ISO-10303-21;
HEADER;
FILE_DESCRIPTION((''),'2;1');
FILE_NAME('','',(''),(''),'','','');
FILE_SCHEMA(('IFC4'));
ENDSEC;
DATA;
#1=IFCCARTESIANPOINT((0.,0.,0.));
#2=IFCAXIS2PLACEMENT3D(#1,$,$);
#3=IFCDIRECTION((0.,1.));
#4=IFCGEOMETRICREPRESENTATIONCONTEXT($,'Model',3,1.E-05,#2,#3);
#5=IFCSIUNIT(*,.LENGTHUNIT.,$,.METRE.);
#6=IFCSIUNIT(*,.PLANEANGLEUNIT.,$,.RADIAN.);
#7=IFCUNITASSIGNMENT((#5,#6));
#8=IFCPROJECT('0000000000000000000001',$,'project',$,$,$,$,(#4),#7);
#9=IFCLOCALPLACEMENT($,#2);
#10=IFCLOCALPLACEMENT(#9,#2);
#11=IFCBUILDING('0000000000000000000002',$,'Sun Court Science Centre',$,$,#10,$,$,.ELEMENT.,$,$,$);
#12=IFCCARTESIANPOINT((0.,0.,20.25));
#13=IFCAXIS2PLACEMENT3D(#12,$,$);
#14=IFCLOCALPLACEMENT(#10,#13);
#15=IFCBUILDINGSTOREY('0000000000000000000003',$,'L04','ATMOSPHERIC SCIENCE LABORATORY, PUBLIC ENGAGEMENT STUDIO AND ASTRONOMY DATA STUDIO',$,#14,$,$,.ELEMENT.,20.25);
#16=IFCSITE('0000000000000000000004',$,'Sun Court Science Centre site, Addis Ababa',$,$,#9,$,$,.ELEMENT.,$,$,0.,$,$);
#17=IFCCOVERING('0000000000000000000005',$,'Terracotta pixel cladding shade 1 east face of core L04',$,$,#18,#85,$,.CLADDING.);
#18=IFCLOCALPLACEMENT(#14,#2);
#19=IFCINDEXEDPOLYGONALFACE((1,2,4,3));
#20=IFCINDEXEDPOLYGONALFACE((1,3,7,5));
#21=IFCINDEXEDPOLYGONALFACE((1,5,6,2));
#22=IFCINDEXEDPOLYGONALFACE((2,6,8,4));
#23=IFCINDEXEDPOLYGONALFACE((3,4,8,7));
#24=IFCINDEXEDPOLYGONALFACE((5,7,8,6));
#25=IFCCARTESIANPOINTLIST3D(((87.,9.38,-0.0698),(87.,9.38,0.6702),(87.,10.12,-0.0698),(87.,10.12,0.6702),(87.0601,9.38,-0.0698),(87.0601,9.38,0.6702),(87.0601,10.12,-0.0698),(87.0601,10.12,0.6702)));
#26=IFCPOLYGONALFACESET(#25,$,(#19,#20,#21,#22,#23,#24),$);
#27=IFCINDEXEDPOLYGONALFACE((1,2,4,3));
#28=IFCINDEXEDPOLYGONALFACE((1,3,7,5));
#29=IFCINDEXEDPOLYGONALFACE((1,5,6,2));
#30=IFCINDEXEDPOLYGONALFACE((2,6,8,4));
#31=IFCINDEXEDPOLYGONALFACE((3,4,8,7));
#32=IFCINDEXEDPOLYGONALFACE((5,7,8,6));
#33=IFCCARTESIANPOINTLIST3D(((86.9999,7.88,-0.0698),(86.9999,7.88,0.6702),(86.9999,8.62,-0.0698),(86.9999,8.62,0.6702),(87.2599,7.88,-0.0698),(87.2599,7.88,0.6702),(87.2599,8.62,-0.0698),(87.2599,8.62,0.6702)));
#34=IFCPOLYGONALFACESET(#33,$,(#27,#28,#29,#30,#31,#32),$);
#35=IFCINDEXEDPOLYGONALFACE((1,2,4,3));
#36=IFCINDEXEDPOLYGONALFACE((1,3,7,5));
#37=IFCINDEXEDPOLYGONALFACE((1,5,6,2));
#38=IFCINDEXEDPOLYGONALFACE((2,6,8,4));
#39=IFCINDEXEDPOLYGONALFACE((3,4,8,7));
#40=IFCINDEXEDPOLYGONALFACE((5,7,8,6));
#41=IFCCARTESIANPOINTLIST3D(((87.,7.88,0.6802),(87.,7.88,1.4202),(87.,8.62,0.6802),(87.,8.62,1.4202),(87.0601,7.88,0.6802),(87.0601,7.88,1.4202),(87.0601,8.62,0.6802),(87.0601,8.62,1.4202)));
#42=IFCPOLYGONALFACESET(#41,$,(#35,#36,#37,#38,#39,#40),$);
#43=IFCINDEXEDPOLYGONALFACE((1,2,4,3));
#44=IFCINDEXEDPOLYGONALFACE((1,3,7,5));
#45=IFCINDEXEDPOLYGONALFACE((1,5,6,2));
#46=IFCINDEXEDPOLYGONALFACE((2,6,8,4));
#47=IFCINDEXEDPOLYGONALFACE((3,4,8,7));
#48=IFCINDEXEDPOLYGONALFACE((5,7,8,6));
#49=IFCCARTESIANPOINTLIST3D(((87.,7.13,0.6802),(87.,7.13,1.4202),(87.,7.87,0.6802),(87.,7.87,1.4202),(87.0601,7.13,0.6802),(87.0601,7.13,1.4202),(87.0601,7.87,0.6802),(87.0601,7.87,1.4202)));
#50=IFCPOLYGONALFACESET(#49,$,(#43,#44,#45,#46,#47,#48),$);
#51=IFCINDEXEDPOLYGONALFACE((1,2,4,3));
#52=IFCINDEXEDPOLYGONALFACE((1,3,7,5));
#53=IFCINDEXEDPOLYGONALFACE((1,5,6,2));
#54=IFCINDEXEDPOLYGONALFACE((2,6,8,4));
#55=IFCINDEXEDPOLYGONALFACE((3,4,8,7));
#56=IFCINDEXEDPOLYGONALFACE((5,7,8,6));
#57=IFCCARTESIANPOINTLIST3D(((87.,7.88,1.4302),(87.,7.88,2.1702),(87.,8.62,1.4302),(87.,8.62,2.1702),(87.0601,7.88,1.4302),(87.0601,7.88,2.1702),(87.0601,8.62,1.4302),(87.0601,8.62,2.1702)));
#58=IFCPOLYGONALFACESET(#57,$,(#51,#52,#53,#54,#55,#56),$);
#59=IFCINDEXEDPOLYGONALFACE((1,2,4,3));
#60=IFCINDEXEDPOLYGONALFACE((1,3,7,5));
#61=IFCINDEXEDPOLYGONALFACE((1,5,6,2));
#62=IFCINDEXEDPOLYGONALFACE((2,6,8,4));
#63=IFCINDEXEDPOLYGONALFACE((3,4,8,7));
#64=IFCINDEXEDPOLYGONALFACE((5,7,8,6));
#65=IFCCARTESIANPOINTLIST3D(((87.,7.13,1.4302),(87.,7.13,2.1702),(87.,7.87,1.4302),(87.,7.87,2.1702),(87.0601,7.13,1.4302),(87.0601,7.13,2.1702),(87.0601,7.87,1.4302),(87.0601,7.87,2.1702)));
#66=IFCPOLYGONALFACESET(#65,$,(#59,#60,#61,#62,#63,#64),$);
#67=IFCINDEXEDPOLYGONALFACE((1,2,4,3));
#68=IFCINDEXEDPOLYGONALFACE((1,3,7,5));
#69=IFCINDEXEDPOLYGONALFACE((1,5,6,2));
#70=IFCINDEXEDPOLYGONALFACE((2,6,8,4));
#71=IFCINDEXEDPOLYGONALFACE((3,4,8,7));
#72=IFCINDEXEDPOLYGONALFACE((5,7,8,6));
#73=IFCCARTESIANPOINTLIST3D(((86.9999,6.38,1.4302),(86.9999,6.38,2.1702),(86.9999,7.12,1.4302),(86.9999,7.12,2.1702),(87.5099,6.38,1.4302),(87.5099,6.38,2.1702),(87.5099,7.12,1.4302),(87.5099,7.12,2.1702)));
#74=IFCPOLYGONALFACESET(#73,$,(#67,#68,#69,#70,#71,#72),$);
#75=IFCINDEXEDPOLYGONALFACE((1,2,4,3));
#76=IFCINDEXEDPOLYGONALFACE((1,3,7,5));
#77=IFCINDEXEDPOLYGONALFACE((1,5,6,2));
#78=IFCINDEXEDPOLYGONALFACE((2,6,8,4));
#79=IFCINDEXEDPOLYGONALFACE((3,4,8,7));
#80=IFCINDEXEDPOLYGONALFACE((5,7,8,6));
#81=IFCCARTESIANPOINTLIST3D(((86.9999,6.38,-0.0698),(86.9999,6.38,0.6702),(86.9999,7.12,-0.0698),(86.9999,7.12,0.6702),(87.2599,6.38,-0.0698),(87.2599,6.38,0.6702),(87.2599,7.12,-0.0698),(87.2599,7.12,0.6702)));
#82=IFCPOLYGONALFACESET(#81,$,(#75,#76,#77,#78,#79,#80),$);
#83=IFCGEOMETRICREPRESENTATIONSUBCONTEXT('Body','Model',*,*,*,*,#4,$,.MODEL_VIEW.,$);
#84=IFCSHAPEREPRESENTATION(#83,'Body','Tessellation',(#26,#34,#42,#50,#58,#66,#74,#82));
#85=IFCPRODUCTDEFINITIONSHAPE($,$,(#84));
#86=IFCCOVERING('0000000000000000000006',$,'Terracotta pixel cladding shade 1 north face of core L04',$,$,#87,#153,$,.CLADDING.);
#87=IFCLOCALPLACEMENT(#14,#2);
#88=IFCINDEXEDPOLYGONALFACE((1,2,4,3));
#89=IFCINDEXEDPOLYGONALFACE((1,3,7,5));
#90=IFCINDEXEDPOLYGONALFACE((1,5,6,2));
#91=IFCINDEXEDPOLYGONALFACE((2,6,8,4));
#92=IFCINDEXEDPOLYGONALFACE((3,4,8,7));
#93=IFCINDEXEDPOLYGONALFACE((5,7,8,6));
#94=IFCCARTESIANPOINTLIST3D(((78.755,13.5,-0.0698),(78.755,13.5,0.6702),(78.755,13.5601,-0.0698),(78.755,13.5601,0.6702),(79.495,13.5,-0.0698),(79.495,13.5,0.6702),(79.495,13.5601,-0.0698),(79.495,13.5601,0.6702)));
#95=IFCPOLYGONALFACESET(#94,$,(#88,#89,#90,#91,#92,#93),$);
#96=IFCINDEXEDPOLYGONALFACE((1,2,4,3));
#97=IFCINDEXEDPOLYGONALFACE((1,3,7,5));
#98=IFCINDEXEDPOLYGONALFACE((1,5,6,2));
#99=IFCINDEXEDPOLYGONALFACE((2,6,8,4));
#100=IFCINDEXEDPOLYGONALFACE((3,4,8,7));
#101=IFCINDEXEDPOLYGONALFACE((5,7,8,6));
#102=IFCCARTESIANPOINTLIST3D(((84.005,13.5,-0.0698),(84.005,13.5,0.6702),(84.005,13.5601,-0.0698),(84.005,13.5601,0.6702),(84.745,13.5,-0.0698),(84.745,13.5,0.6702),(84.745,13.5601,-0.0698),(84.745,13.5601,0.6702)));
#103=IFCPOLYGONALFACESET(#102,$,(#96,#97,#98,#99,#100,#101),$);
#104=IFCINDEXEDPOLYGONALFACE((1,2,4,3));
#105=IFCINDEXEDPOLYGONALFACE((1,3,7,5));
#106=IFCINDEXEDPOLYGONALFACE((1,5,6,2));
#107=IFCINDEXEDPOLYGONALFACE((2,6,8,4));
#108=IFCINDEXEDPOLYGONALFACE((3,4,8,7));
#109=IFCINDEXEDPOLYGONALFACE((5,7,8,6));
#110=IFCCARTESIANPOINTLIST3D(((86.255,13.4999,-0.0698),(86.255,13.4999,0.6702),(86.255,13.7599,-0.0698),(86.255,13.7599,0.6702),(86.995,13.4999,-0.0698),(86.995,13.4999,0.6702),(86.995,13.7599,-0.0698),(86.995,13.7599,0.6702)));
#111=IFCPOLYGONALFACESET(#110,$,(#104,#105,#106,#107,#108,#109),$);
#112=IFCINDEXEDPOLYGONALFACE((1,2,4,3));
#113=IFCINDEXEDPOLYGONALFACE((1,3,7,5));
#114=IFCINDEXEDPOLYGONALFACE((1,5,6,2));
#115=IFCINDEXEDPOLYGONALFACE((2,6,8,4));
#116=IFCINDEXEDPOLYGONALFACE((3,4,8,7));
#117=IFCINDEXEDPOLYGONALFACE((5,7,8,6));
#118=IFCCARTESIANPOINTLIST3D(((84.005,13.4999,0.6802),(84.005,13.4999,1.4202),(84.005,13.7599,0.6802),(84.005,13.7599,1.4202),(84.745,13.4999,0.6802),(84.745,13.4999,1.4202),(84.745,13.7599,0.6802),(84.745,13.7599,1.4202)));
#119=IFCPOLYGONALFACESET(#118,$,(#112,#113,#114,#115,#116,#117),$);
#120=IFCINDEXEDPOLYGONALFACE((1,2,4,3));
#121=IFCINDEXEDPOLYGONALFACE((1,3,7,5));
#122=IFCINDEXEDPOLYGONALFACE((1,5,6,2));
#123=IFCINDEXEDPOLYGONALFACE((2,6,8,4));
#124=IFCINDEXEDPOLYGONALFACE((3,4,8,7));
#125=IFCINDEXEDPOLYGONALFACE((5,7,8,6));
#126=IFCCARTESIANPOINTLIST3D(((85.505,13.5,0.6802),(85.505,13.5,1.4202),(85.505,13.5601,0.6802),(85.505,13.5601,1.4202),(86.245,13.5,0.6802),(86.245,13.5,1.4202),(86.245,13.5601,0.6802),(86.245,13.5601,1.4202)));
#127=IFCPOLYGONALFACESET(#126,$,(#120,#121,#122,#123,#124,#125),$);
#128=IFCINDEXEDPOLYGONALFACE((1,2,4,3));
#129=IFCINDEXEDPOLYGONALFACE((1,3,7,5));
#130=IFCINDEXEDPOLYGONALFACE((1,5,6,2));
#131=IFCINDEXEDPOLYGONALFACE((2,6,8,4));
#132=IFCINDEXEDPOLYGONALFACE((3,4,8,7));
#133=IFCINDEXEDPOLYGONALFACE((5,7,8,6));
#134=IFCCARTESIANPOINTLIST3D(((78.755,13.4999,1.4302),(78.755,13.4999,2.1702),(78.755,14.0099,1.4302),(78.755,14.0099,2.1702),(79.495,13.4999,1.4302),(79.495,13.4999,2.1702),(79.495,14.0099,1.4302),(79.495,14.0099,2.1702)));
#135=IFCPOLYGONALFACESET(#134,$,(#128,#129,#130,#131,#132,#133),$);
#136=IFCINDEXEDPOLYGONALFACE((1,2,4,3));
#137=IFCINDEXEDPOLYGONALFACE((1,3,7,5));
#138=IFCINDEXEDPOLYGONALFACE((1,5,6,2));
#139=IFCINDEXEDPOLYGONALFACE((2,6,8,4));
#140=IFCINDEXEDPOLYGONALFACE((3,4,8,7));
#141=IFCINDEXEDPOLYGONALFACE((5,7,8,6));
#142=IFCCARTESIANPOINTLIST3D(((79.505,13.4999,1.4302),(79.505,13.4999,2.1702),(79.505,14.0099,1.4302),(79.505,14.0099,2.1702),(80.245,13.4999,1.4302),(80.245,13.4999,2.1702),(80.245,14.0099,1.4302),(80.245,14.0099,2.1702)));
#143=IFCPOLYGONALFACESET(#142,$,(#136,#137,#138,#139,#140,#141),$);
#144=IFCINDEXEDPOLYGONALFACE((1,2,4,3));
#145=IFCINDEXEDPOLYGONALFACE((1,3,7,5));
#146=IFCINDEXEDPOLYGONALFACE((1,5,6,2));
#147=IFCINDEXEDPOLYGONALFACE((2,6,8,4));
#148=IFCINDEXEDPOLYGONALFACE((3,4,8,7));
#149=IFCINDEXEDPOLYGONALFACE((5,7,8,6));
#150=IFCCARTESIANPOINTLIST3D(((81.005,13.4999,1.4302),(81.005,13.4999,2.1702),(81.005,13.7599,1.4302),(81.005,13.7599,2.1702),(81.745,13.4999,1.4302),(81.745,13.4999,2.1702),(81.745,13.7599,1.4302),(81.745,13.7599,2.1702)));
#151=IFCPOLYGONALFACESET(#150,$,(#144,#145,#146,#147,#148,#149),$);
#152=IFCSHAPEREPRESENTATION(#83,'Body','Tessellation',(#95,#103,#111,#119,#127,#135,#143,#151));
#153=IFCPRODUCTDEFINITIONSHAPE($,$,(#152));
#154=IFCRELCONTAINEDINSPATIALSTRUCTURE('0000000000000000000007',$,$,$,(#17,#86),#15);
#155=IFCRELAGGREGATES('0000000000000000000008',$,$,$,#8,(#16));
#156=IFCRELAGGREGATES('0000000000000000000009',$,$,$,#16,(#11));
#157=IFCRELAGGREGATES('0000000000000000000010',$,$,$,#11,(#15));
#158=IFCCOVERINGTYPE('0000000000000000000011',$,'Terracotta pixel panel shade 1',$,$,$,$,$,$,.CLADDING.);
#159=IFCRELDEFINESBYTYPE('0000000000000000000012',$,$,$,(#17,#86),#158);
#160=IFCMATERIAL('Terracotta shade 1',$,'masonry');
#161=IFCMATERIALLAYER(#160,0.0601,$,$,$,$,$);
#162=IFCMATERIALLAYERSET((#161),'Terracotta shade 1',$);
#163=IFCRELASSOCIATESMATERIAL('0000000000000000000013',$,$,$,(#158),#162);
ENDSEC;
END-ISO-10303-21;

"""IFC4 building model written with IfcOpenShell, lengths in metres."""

from ifc_helpers import new_model, si_unit, direction, frame, origin, origin_2d, place, context, subcontext, project, spatial, rectangle, extrude, material, layer, layer_set, type_object, element, save


model = new_model("IFC4")

# Units and contexts
model_context = context("Model", 3, precision=1e-05, world=origin(), true_north=direction((0.0, 1.0)))
body_context = subcontext(model_context, "Body", "Model", "MODEL_VIEW")
ifc_project = project(units=[si_unit("LENGTHUNIT", "METRE"), si_unit("PLANEANGLEUNIT", "RADIAN")], contexts=[model_context])

# Site, building, storey
site_placement = place(None, origin())
site = spatial("IfcSite", under=ifc_project, at=site_placement, Name="Sun Court Science Centre site, Addis Ababa", CompositionType="ELEMENT", RefElevation=0.0)
building_placement = place(site_placement, origin())
building = spatial("IfcBuilding", under=site, at=building_placement, Name="Sun Court Science Centre", CompositionType="ELEMENT")
storey_placement = place(building_placement, frame((0.0, 0.0, 20.25)))
storey = spatial("IfcBuildingStorey", under=building, at=storey_placement, Name="L04", Description="ATMOSPHERIC SCIENCE LABORATORY, PUBLIC ENGAGEMENT STUDIO AND ASTRONOMY DATA STUDIO", CompositionType="ELEMENT", Elevation=20.25)

# Coverings
ifc_material_1 = material(Name="Terracotta shade 1", Category="masonry")
ifc_layer_1 = layer(ifc_material_1, 0.0601)
ifc_layer_set_1 = layer_set([ifc_layer_1], Name="Terracotta shade 1")
covering_type_1 = type_object("IfcCoveringType", Name="Terracotta pixel panel shade 1", PredefinedType="CLADDING", material=ifc_layer_set_1)
covering_1_placement = place(storey_placement, frame((0.0, 0.0, -20.25)))
element("IfcCovering", 1, at=covering_1_placement, inside=storey, type_object=covering_type_1, Name="Terracotta pixel cladding shade 1 east face of core L04", PredefinedType="CLADDING", context=body_context, shape_type="SweptSolid", body=[
    extrude(rectangle(XDim=0.74, YDim=0.0601, at=origin_2d()), frame((87.03, 9.75, 20.1802), z_axis=(0.0, 0.0, 1.0), x_axis=(0.0, -1.0, 0.0)), (0.0, 0.0, 1.0), 0.74),
    extrude(rectangle(XDim=0.74, YDim=0.26, at=origin_2d()), frame((87.1299, 8.25, 20.1802), z_axis=(0.0, 0.0, 1.0), x_axis=(0.0, -1.0, 0.0)), (0.0, 0.0, 1.0), 0.74),
    extrude(rectangle(XDim=0.74, YDim=0.0601, at=origin_2d()), frame((87.03, 8.25, 20.9302), z_axis=(0.0, 0.0, 1.0), x_axis=(0.0, -1.0, 0.0)), (0.0, 0.0, 1.0), 0.74),
    extrude(rectangle(XDim=0.74, YDim=0.0601, at=origin_2d()), frame((87.03, 7.5, 20.9302), z_axis=(0.0, 0.0, 1.0), x_axis=(0.0, -1.0, 0.0)), (0.0, 0.0, 1.0), 0.74),
    extrude(rectangle(XDim=0.74, YDim=0.0601, at=origin_2d()), frame((87.03, 8.25, 21.6802), z_axis=(0.0, 0.0, 1.0), x_axis=(0.0, -1.0, 0.0)), (0.0, 0.0, 1.0), 0.74),
    extrude(rectangle(XDim=0.74, YDim=0.0601, at=origin_2d()), frame((87.03, 7.5, 21.6802), z_axis=(0.0, 0.0, 1.0), x_axis=(0.0, -1.0, 0.0)), (0.0, 0.0, 1.0), 0.74),
    extrude(rectangle(XDim=0.74, YDim=0.51, at=origin_2d()), frame((87.2549, 6.75, 21.6802), z_axis=(0.0, 0.0, 1.0), x_axis=(0.0, -1.0, 0.0)), (0.0, 0.0, 1.0), 0.74),
    extrude(rectangle(XDim=0.74, YDim=0.26, at=origin_2d()), frame((87.1299, 6.75, 20.1802), z_axis=(0.0, 0.0, 1.0), x_axis=(0.0, -1.0, 0.0)), (0.0, 0.0, 1.0), 0.74),
])
covering_2_placement = place(storey_placement, frame((0.0, 0.0, -20.25)))
element("IfcCovering", 2, at=covering_2_placement, inside=storey, type_object=covering_type_1, Name="Terracotta pixel cladding shade 1 north face of core L04", PredefinedType="CLADDING", context=body_context, shape_type="SweptSolid", body=[
    extrude(rectangle(XDim=0.74, YDim=0.0601, at=origin_2d()), frame((79.125, 13.53, 20.1802), z_axis=(0.0, 0.0, 1.0), x_axis=(1.0, 0.0, 0.0)), (0.0, 0.0, 1.0), 0.74),
    extrude(rectangle(XDim=0.74, YDim=0.0601, at=origin_2d()), frame((84.375, 13.53, 20.1802), z_axis=(0.0, 0.0, 1.0), x_axis=(1.0, 0.0, 0.0)), (0.0, 0.0, 1.0), 0.74),
    extrude(rectangle(XDim=0.74, YDim=0.26, at=origin_2d()), frame((86.625, 13.6299, 20.1802), z_axis=(0.0, 0.0, 1.0), x_axis=(1.0, 0.0, 0.0)), (0.0, 0.0, 1.0), 0.74),
    extrude(rectangle(XDim=0.74, YDim=0.26, at=origin_2d()), frame((84.375, 13.6299, 20.9302), z_axis=(0.0, 0.0, 1.0), x_axis=(1.0, 0.0, 0.0)), (0.0, 0.0, 1.0), 0.74),
    extrude(rectangle(XDim=0.74, YDim=0.0601, at=origin_2d()), frame((85.875, 13.53, 20.9302), z_axis=(0.0, 0.0, 1.0), x_axis=(1.0, 0.0, 0.0)), (0.0, 0.0, 1.0), 0.74),
    extrude(rectangle(XDim=0.74, YDim=0.51, at=origin_2d()), frame((79.125, 13.7549, 21.6802), z_axis=(0.0, 0.0, 1.0), x_axis=(1.0, 0.0, 0.0)), (0.0, 0.0, 1.0), 0.74),
    extrude(rectangle(XDim=0.74, YDim=0.51, at=origin_2d()), frame((79.875, 13.7549, 21.6802), z_axis=(0.0, 0.0, 1.0), x_axis=(1.0, 0.0, 0.0)), (0.0, 0.0, 1.0), 0.74),
    extrude(rectangle(XDim=0.74, YDim=0.26, at=origin_2d()), frame((81.375, 13.6299, 21.6802), z_axis=(0.0, 0.0, 1.0), x_axis=(1.0, 0.0, 0.0)), (0.0, 0.0, 1.0), 0.74),
])

save(model, "model.ifc")
